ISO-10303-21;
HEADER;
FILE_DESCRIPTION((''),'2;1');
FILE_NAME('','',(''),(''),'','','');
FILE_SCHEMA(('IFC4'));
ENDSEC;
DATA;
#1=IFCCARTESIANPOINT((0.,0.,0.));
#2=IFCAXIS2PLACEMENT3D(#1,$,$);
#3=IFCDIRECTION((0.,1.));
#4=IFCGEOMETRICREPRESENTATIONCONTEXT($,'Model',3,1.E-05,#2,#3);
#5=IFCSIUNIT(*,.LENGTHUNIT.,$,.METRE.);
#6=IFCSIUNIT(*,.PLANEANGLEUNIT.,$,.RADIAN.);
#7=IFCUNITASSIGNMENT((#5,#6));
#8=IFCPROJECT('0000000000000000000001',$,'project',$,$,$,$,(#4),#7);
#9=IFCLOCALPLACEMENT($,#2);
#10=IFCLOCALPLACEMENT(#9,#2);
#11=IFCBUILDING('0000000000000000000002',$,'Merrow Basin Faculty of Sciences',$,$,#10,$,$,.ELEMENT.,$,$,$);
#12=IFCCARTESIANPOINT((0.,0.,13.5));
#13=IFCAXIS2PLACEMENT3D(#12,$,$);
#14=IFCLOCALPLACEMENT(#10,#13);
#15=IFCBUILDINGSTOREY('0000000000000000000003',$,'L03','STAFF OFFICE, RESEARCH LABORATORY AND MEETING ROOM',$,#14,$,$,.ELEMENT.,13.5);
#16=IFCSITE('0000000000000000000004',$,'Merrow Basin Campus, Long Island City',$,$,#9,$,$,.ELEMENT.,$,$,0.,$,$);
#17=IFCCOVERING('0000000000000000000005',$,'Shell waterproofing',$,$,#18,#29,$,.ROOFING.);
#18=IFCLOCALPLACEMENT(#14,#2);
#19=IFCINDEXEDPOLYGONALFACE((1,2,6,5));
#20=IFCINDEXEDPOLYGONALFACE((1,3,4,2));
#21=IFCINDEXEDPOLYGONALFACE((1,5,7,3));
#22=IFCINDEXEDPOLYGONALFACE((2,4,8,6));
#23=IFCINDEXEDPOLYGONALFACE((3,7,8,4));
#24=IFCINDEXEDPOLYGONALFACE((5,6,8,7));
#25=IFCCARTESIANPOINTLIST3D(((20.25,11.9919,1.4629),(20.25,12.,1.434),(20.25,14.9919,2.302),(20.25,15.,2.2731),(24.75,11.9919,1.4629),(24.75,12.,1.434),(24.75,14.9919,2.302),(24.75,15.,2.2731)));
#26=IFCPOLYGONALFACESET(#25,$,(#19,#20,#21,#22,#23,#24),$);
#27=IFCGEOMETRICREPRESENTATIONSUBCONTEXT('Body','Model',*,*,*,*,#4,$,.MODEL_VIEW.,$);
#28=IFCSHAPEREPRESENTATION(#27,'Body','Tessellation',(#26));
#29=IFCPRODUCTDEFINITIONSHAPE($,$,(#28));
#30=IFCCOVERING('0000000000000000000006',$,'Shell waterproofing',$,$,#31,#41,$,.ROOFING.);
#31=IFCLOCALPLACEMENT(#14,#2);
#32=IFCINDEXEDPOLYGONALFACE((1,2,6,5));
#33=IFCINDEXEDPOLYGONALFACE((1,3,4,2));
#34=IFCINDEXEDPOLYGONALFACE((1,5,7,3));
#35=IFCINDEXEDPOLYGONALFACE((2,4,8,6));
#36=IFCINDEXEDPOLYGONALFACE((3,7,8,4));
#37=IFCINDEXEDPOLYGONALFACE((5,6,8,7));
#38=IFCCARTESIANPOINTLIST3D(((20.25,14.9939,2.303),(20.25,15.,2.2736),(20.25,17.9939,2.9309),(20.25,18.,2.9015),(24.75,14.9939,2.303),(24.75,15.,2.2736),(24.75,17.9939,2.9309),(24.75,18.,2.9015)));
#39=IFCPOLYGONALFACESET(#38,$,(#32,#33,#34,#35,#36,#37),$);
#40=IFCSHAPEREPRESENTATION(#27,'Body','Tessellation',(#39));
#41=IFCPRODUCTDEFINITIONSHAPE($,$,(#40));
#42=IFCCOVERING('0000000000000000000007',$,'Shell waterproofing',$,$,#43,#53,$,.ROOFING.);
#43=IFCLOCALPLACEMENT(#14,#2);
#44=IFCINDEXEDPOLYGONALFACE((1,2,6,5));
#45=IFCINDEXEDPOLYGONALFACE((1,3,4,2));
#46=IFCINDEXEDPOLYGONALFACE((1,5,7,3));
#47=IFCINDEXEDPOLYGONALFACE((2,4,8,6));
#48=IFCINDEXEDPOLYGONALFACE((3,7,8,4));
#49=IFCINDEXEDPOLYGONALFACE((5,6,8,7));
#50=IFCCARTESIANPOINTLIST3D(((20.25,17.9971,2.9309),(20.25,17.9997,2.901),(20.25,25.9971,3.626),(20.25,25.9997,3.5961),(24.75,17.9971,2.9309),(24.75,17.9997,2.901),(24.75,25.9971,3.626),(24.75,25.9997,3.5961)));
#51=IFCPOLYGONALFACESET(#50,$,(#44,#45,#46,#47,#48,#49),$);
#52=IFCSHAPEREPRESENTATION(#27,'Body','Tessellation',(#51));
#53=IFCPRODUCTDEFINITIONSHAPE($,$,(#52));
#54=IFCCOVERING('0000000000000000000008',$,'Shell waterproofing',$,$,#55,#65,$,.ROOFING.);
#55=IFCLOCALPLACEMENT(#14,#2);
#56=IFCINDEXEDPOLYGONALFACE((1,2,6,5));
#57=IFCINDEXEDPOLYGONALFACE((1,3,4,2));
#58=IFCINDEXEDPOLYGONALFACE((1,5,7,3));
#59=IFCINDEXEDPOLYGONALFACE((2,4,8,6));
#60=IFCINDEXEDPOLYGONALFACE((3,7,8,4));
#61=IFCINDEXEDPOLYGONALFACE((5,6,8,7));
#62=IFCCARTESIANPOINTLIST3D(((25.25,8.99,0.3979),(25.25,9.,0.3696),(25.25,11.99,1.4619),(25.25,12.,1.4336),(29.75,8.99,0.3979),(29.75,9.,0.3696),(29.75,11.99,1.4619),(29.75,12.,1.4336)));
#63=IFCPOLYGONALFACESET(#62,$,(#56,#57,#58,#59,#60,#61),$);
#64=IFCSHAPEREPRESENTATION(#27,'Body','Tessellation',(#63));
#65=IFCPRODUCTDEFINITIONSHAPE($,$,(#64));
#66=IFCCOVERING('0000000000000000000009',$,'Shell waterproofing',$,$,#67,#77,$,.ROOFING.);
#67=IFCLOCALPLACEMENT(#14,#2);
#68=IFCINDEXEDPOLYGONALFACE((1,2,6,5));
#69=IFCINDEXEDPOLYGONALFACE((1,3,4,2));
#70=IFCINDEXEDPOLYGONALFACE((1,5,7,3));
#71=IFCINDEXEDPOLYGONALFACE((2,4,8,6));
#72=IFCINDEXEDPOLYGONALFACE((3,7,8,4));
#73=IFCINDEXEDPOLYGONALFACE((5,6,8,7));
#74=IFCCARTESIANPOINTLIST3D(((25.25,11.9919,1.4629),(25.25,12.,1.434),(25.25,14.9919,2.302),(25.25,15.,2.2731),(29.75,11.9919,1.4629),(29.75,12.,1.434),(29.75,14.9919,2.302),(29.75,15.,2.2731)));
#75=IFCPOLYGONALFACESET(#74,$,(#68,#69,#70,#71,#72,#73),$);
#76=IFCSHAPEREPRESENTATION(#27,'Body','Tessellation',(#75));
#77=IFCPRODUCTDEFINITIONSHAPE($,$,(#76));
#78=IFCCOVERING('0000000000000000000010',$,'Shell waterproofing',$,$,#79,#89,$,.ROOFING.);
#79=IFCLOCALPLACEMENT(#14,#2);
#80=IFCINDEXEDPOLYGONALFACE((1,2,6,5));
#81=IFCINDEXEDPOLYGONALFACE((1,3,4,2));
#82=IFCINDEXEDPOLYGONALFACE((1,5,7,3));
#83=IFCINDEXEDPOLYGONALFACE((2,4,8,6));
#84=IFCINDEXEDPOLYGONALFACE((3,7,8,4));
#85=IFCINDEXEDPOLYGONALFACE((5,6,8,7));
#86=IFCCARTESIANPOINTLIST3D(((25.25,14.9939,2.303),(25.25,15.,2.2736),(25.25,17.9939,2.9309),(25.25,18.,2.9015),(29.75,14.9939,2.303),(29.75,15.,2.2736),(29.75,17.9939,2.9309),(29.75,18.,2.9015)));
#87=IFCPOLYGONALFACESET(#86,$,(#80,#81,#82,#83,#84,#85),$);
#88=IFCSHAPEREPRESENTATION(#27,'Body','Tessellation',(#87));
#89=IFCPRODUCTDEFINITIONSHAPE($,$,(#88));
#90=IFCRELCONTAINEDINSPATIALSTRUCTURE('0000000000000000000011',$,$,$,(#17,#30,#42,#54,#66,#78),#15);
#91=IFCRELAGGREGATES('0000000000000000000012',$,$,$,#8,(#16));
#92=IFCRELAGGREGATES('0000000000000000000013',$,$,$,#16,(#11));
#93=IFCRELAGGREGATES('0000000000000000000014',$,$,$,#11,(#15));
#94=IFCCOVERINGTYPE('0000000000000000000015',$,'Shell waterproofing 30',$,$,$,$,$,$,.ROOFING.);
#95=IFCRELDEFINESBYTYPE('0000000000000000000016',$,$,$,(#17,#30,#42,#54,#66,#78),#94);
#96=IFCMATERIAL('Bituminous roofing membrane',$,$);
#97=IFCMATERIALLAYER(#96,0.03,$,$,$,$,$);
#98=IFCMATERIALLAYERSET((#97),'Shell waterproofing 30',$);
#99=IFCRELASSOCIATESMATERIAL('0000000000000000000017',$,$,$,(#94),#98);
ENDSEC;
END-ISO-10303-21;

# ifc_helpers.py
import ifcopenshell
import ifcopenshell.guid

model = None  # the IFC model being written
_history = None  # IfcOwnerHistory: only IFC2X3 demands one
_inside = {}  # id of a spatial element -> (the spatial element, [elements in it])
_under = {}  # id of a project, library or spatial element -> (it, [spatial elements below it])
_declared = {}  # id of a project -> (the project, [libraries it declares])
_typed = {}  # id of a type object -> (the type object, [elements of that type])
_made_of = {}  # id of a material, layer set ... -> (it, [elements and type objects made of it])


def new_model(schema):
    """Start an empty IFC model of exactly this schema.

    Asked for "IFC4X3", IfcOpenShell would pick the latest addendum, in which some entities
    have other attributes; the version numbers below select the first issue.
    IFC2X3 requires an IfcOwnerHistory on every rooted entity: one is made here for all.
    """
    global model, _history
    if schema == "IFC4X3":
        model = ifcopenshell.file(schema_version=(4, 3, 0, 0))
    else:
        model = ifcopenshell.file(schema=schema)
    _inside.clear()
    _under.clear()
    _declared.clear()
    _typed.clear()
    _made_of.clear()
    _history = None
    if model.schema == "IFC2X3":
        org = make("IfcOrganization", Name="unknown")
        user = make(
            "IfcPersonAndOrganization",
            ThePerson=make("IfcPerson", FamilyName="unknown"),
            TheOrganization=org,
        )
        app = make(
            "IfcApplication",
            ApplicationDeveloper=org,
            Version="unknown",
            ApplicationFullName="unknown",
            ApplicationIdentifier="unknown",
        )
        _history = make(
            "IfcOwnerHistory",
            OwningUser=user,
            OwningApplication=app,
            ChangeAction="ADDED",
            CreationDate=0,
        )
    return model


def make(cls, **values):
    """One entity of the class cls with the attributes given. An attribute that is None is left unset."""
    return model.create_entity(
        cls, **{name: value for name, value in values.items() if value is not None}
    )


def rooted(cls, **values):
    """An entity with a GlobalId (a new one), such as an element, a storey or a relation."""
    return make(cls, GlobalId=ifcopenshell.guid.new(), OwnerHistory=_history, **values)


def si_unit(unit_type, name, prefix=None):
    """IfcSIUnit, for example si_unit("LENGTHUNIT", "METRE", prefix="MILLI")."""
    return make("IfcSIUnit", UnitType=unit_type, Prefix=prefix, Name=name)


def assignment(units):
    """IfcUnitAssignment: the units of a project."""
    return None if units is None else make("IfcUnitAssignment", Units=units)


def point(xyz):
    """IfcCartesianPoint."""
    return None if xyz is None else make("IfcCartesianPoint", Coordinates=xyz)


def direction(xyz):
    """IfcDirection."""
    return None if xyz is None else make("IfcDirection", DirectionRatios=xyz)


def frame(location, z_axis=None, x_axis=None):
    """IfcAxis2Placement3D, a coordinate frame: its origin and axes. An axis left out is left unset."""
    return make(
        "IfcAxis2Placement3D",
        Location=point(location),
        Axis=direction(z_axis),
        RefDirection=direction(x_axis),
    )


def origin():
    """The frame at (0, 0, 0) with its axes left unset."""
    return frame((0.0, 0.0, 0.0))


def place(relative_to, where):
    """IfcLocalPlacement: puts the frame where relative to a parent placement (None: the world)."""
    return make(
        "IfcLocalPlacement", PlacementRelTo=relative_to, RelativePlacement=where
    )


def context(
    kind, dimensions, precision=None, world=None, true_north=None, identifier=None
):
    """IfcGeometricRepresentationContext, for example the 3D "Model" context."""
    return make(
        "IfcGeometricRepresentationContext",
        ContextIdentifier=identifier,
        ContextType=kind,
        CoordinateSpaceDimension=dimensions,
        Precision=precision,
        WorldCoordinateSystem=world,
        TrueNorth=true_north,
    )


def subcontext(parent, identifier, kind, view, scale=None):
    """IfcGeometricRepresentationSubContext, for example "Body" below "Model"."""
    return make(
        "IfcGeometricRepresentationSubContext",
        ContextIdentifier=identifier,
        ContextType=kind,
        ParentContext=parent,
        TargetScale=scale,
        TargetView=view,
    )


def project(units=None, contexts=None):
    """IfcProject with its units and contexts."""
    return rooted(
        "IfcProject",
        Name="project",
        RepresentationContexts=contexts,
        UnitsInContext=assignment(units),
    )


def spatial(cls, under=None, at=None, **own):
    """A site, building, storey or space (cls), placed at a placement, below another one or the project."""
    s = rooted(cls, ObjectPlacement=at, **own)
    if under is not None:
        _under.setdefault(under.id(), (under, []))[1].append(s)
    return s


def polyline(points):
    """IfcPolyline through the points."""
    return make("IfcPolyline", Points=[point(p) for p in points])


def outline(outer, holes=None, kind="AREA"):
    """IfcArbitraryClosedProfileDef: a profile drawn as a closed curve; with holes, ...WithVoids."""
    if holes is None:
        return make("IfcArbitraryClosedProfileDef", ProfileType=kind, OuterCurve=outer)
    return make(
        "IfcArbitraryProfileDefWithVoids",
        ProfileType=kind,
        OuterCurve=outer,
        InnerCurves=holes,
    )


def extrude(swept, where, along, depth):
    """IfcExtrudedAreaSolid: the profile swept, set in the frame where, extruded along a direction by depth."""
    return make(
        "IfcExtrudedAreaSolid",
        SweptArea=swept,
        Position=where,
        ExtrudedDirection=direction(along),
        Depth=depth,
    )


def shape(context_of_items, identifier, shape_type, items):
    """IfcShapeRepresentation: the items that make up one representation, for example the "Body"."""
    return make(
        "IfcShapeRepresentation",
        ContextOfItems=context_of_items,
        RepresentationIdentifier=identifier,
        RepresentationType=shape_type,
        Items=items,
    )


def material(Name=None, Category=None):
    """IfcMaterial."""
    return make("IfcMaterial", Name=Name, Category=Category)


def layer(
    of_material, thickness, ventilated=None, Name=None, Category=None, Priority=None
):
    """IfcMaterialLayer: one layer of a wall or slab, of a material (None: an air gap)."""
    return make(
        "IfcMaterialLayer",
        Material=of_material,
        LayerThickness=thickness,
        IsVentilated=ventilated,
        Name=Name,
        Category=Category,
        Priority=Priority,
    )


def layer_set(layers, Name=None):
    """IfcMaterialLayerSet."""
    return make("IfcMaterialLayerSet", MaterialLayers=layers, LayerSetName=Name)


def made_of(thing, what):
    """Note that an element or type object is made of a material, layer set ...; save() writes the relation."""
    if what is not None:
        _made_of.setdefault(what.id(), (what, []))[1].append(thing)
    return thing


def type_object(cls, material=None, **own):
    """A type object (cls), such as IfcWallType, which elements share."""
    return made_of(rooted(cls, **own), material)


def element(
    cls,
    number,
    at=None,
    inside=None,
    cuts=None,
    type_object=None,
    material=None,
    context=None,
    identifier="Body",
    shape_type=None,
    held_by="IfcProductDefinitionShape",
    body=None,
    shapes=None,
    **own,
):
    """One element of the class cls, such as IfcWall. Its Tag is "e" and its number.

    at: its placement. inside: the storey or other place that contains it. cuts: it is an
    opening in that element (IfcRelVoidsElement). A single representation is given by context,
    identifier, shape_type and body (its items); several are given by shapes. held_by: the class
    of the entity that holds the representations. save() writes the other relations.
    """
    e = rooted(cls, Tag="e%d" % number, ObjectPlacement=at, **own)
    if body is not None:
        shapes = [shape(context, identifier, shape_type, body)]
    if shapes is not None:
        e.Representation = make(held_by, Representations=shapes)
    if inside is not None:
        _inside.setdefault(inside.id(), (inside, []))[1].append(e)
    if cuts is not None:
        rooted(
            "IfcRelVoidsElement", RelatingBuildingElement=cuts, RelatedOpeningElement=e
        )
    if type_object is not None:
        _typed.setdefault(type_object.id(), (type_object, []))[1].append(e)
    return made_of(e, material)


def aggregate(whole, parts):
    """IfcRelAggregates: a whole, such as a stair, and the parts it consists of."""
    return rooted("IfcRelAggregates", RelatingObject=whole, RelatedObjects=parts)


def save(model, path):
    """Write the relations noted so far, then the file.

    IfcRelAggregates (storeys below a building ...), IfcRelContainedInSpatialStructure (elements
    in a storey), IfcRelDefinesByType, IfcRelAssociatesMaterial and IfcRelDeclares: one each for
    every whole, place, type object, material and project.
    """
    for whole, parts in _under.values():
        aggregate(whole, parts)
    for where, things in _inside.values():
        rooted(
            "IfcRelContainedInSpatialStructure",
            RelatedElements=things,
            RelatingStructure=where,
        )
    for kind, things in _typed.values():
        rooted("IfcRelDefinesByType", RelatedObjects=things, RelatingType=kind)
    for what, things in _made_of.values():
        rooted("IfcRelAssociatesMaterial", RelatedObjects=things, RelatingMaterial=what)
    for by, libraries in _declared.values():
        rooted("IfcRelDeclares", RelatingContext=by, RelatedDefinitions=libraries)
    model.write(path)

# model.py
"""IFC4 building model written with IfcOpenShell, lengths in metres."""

from ifc_helpers import new_model, si_unit, direction, frame, origin, place, context, subcontext, project, spatial, polyline, outline, extrude, material, layer, layer_set, type_object, element, save


model = new_model("IFC4")

# Units and contexts
model_context = context("Model", 3, precision=1e-05, world=origin(), true_north=direction((0.0, 1.0)))
body_context = subcontext(model_context, "Body", "Model", "MODEL_VIEW")
ifc_project = project(units=[si_unit("LENGTHUNIT", "METRE"), si_unit("PLANEANGLEUNIT", "RADIAN")], contexts=[model_context])

# Site, building, storey
site_placement = place(None, origin())
site = spatial("IfcSite", under=ifc_project, at=site_placement, Name="Merrow Basin Campus, Long Island City", CompositionType="ELEMENT", RefElevation=0.0)
building_placement = place(site_placement, origin())
building = spatial("IfcBuilding", under=site, at=building_placement, Name="Merrow Basin Faculty of Sciences", CompositionType="ELEMENT")
storey_placement = place(building_placement, frame((0.0, 0.0, 13.5)))
storey = spatial("IfcBuildingStorey", under=building, at=storey_placement, Name="L03", Description="STAFF OFFICE, RESEARCH LABORATORY AND MEETING ROOM", CompositionType="ELEMENT", Elevation=13.5)

# Coverings
ifc_material_1 = material(Name="Bituminous roofing membrane")
ifc_layer_1 = layer(ifc_material_1, 0.03)
ifc_layer_set_1 = layer_set([ifc_layer_1], Name="Shell waterproofing 30")
covering_type = type_object("IfcCoveringType", Name="Shell waterproofing 30", PredefinedType="ROOFING", material=ifc_layer_set_1)
covering_1_placement = place(storey_placement, frame((20.25, 11.9919, 1.4629), z_axis=(0.0, -0.269365, 0.963038), x_axis=(1.0, 0.0, 0.0)))
element("IfcCovering", 1, at=covering_1_placement, inside=storey, type_object=covering_type, Name="Shell waterproofing", PredefinedType="ROOFING", context=body_context, shape_type="SweptSolid", body=[
    extrude(outline(polyline([(0.0, 0.0), (4.5, 0.0), (4.5, 3.1151), (0.0, 3.1151), (0.0, 0.0)])), origin(), (0.0, 0.0, -1.0), 0.03),
])
covering_2_placement = place(storey_placement, frame((20.25, 14.9939, 2.303), z_axis=(0.0, -0.20487, 0.978789), x_axis=(1.0, 0.0, 0.0)))
element("IfcCovering", 2, at=covering_2_placement, inside=storey, type_object=covering_type, Name="Shell waterproofing", PredefinedType="ROOFING", context=body_context, shape_type="SweptSolid", body=[
    extrude(outline(polyline([(0.0, 0.0), (4.5, 0.0), (4.5, 3.065), (0.0, 3.065), (0.0, 0.0)])), origin(), (0.0, 0.0, -1.0), 0.03),
])
covering_3_placement = place(storey_placement, frame((20.25, 17.9971, 2.9309), z_axis=(0.0, -0.086557, 0.996247), x_axis=(1.0, 0.0, 0.0)))
element("IfcCovering", 3, at=covering_3_placement, inside=storey, type_object=covering_type, Name="Shell waterproofing", PredefinedType="ROOFING", context=body_context, shape_type="SweptSolid", body=[
    extrude(outline(polyline([(0.0, 0.0), (4.5, 0.0), (4.5, 8.0301), (0.0, 8.0301), (0.0, 0.0)])), origin(), (0.0, 0.0, -1.0), 0.03),
])
covering_4_placement = place(storey_placement, frame((25.25, 8.99, 0.3979), z_axis=(0.0, -0.334256, 0.942482), x_axis=(1.0, 0.0, 0.0)))
element("IfcCovering", 4, at=covering_4_placement, inside=storey, type_object=covering_type, Name="Shell waterproofing", PredefinedType="ROOFING", context=body_context, shape_type="SweptSolid", body=[
    extrude(outline(polyline([(0.0, 0.0), (4.5, 0.0), (4.5, 3.1831), (0.0, 3.1831), (0.0, 0.0)])), origin(), (0.0, 0.0, -1.0), 0.03),
])
covering_5_placement = place(storey_placement, frame((25.25, 11.9919, 1.4629), z_axis=(0.0, -0.269365, 0.963038), x_axis=(1.0, 0.0, 0.0)))
element("IfcCovering", 5, at=covering_5_placement, inside=storey, type_object=covering_type, Name="Shell waterproofing", PredefinedType="ROOFING", context=body_context, shape_type="SweptSolid", body=[
    extrude(outline(polyline([(0.0, 0.0), (4.5, 0.0), (4.5, 3.1151), (0.0, 3.1151), (0.0, 0.0)])), origin(), (0.0, 0.0, -1.0), 0.03),
])
covering_6_placement = place(storey_placement, frame((25.25, 14.9939, 2.303), z_axis=(0.0, -0.20487, 0.978789), x_axis=(1.0, 0.0, 0.0)))
element("IfcCovering", 6, at=covering_6_placement, inside=storey, type_object=covering_type, Name="Shell waterproofing", PredefinedType="ROOFING", context=body_context, shape_type="SweptSolid", body=[
    extrude(outline(polyline([(0.0, 0.0), (4.5, 0.0), (4.5, 3.065), (0.0, 3.065), (0.0, 0.0)])), origin(), (0.0, 0.0, -1.0), 0.03),
])

save(model, "model.ifc")
